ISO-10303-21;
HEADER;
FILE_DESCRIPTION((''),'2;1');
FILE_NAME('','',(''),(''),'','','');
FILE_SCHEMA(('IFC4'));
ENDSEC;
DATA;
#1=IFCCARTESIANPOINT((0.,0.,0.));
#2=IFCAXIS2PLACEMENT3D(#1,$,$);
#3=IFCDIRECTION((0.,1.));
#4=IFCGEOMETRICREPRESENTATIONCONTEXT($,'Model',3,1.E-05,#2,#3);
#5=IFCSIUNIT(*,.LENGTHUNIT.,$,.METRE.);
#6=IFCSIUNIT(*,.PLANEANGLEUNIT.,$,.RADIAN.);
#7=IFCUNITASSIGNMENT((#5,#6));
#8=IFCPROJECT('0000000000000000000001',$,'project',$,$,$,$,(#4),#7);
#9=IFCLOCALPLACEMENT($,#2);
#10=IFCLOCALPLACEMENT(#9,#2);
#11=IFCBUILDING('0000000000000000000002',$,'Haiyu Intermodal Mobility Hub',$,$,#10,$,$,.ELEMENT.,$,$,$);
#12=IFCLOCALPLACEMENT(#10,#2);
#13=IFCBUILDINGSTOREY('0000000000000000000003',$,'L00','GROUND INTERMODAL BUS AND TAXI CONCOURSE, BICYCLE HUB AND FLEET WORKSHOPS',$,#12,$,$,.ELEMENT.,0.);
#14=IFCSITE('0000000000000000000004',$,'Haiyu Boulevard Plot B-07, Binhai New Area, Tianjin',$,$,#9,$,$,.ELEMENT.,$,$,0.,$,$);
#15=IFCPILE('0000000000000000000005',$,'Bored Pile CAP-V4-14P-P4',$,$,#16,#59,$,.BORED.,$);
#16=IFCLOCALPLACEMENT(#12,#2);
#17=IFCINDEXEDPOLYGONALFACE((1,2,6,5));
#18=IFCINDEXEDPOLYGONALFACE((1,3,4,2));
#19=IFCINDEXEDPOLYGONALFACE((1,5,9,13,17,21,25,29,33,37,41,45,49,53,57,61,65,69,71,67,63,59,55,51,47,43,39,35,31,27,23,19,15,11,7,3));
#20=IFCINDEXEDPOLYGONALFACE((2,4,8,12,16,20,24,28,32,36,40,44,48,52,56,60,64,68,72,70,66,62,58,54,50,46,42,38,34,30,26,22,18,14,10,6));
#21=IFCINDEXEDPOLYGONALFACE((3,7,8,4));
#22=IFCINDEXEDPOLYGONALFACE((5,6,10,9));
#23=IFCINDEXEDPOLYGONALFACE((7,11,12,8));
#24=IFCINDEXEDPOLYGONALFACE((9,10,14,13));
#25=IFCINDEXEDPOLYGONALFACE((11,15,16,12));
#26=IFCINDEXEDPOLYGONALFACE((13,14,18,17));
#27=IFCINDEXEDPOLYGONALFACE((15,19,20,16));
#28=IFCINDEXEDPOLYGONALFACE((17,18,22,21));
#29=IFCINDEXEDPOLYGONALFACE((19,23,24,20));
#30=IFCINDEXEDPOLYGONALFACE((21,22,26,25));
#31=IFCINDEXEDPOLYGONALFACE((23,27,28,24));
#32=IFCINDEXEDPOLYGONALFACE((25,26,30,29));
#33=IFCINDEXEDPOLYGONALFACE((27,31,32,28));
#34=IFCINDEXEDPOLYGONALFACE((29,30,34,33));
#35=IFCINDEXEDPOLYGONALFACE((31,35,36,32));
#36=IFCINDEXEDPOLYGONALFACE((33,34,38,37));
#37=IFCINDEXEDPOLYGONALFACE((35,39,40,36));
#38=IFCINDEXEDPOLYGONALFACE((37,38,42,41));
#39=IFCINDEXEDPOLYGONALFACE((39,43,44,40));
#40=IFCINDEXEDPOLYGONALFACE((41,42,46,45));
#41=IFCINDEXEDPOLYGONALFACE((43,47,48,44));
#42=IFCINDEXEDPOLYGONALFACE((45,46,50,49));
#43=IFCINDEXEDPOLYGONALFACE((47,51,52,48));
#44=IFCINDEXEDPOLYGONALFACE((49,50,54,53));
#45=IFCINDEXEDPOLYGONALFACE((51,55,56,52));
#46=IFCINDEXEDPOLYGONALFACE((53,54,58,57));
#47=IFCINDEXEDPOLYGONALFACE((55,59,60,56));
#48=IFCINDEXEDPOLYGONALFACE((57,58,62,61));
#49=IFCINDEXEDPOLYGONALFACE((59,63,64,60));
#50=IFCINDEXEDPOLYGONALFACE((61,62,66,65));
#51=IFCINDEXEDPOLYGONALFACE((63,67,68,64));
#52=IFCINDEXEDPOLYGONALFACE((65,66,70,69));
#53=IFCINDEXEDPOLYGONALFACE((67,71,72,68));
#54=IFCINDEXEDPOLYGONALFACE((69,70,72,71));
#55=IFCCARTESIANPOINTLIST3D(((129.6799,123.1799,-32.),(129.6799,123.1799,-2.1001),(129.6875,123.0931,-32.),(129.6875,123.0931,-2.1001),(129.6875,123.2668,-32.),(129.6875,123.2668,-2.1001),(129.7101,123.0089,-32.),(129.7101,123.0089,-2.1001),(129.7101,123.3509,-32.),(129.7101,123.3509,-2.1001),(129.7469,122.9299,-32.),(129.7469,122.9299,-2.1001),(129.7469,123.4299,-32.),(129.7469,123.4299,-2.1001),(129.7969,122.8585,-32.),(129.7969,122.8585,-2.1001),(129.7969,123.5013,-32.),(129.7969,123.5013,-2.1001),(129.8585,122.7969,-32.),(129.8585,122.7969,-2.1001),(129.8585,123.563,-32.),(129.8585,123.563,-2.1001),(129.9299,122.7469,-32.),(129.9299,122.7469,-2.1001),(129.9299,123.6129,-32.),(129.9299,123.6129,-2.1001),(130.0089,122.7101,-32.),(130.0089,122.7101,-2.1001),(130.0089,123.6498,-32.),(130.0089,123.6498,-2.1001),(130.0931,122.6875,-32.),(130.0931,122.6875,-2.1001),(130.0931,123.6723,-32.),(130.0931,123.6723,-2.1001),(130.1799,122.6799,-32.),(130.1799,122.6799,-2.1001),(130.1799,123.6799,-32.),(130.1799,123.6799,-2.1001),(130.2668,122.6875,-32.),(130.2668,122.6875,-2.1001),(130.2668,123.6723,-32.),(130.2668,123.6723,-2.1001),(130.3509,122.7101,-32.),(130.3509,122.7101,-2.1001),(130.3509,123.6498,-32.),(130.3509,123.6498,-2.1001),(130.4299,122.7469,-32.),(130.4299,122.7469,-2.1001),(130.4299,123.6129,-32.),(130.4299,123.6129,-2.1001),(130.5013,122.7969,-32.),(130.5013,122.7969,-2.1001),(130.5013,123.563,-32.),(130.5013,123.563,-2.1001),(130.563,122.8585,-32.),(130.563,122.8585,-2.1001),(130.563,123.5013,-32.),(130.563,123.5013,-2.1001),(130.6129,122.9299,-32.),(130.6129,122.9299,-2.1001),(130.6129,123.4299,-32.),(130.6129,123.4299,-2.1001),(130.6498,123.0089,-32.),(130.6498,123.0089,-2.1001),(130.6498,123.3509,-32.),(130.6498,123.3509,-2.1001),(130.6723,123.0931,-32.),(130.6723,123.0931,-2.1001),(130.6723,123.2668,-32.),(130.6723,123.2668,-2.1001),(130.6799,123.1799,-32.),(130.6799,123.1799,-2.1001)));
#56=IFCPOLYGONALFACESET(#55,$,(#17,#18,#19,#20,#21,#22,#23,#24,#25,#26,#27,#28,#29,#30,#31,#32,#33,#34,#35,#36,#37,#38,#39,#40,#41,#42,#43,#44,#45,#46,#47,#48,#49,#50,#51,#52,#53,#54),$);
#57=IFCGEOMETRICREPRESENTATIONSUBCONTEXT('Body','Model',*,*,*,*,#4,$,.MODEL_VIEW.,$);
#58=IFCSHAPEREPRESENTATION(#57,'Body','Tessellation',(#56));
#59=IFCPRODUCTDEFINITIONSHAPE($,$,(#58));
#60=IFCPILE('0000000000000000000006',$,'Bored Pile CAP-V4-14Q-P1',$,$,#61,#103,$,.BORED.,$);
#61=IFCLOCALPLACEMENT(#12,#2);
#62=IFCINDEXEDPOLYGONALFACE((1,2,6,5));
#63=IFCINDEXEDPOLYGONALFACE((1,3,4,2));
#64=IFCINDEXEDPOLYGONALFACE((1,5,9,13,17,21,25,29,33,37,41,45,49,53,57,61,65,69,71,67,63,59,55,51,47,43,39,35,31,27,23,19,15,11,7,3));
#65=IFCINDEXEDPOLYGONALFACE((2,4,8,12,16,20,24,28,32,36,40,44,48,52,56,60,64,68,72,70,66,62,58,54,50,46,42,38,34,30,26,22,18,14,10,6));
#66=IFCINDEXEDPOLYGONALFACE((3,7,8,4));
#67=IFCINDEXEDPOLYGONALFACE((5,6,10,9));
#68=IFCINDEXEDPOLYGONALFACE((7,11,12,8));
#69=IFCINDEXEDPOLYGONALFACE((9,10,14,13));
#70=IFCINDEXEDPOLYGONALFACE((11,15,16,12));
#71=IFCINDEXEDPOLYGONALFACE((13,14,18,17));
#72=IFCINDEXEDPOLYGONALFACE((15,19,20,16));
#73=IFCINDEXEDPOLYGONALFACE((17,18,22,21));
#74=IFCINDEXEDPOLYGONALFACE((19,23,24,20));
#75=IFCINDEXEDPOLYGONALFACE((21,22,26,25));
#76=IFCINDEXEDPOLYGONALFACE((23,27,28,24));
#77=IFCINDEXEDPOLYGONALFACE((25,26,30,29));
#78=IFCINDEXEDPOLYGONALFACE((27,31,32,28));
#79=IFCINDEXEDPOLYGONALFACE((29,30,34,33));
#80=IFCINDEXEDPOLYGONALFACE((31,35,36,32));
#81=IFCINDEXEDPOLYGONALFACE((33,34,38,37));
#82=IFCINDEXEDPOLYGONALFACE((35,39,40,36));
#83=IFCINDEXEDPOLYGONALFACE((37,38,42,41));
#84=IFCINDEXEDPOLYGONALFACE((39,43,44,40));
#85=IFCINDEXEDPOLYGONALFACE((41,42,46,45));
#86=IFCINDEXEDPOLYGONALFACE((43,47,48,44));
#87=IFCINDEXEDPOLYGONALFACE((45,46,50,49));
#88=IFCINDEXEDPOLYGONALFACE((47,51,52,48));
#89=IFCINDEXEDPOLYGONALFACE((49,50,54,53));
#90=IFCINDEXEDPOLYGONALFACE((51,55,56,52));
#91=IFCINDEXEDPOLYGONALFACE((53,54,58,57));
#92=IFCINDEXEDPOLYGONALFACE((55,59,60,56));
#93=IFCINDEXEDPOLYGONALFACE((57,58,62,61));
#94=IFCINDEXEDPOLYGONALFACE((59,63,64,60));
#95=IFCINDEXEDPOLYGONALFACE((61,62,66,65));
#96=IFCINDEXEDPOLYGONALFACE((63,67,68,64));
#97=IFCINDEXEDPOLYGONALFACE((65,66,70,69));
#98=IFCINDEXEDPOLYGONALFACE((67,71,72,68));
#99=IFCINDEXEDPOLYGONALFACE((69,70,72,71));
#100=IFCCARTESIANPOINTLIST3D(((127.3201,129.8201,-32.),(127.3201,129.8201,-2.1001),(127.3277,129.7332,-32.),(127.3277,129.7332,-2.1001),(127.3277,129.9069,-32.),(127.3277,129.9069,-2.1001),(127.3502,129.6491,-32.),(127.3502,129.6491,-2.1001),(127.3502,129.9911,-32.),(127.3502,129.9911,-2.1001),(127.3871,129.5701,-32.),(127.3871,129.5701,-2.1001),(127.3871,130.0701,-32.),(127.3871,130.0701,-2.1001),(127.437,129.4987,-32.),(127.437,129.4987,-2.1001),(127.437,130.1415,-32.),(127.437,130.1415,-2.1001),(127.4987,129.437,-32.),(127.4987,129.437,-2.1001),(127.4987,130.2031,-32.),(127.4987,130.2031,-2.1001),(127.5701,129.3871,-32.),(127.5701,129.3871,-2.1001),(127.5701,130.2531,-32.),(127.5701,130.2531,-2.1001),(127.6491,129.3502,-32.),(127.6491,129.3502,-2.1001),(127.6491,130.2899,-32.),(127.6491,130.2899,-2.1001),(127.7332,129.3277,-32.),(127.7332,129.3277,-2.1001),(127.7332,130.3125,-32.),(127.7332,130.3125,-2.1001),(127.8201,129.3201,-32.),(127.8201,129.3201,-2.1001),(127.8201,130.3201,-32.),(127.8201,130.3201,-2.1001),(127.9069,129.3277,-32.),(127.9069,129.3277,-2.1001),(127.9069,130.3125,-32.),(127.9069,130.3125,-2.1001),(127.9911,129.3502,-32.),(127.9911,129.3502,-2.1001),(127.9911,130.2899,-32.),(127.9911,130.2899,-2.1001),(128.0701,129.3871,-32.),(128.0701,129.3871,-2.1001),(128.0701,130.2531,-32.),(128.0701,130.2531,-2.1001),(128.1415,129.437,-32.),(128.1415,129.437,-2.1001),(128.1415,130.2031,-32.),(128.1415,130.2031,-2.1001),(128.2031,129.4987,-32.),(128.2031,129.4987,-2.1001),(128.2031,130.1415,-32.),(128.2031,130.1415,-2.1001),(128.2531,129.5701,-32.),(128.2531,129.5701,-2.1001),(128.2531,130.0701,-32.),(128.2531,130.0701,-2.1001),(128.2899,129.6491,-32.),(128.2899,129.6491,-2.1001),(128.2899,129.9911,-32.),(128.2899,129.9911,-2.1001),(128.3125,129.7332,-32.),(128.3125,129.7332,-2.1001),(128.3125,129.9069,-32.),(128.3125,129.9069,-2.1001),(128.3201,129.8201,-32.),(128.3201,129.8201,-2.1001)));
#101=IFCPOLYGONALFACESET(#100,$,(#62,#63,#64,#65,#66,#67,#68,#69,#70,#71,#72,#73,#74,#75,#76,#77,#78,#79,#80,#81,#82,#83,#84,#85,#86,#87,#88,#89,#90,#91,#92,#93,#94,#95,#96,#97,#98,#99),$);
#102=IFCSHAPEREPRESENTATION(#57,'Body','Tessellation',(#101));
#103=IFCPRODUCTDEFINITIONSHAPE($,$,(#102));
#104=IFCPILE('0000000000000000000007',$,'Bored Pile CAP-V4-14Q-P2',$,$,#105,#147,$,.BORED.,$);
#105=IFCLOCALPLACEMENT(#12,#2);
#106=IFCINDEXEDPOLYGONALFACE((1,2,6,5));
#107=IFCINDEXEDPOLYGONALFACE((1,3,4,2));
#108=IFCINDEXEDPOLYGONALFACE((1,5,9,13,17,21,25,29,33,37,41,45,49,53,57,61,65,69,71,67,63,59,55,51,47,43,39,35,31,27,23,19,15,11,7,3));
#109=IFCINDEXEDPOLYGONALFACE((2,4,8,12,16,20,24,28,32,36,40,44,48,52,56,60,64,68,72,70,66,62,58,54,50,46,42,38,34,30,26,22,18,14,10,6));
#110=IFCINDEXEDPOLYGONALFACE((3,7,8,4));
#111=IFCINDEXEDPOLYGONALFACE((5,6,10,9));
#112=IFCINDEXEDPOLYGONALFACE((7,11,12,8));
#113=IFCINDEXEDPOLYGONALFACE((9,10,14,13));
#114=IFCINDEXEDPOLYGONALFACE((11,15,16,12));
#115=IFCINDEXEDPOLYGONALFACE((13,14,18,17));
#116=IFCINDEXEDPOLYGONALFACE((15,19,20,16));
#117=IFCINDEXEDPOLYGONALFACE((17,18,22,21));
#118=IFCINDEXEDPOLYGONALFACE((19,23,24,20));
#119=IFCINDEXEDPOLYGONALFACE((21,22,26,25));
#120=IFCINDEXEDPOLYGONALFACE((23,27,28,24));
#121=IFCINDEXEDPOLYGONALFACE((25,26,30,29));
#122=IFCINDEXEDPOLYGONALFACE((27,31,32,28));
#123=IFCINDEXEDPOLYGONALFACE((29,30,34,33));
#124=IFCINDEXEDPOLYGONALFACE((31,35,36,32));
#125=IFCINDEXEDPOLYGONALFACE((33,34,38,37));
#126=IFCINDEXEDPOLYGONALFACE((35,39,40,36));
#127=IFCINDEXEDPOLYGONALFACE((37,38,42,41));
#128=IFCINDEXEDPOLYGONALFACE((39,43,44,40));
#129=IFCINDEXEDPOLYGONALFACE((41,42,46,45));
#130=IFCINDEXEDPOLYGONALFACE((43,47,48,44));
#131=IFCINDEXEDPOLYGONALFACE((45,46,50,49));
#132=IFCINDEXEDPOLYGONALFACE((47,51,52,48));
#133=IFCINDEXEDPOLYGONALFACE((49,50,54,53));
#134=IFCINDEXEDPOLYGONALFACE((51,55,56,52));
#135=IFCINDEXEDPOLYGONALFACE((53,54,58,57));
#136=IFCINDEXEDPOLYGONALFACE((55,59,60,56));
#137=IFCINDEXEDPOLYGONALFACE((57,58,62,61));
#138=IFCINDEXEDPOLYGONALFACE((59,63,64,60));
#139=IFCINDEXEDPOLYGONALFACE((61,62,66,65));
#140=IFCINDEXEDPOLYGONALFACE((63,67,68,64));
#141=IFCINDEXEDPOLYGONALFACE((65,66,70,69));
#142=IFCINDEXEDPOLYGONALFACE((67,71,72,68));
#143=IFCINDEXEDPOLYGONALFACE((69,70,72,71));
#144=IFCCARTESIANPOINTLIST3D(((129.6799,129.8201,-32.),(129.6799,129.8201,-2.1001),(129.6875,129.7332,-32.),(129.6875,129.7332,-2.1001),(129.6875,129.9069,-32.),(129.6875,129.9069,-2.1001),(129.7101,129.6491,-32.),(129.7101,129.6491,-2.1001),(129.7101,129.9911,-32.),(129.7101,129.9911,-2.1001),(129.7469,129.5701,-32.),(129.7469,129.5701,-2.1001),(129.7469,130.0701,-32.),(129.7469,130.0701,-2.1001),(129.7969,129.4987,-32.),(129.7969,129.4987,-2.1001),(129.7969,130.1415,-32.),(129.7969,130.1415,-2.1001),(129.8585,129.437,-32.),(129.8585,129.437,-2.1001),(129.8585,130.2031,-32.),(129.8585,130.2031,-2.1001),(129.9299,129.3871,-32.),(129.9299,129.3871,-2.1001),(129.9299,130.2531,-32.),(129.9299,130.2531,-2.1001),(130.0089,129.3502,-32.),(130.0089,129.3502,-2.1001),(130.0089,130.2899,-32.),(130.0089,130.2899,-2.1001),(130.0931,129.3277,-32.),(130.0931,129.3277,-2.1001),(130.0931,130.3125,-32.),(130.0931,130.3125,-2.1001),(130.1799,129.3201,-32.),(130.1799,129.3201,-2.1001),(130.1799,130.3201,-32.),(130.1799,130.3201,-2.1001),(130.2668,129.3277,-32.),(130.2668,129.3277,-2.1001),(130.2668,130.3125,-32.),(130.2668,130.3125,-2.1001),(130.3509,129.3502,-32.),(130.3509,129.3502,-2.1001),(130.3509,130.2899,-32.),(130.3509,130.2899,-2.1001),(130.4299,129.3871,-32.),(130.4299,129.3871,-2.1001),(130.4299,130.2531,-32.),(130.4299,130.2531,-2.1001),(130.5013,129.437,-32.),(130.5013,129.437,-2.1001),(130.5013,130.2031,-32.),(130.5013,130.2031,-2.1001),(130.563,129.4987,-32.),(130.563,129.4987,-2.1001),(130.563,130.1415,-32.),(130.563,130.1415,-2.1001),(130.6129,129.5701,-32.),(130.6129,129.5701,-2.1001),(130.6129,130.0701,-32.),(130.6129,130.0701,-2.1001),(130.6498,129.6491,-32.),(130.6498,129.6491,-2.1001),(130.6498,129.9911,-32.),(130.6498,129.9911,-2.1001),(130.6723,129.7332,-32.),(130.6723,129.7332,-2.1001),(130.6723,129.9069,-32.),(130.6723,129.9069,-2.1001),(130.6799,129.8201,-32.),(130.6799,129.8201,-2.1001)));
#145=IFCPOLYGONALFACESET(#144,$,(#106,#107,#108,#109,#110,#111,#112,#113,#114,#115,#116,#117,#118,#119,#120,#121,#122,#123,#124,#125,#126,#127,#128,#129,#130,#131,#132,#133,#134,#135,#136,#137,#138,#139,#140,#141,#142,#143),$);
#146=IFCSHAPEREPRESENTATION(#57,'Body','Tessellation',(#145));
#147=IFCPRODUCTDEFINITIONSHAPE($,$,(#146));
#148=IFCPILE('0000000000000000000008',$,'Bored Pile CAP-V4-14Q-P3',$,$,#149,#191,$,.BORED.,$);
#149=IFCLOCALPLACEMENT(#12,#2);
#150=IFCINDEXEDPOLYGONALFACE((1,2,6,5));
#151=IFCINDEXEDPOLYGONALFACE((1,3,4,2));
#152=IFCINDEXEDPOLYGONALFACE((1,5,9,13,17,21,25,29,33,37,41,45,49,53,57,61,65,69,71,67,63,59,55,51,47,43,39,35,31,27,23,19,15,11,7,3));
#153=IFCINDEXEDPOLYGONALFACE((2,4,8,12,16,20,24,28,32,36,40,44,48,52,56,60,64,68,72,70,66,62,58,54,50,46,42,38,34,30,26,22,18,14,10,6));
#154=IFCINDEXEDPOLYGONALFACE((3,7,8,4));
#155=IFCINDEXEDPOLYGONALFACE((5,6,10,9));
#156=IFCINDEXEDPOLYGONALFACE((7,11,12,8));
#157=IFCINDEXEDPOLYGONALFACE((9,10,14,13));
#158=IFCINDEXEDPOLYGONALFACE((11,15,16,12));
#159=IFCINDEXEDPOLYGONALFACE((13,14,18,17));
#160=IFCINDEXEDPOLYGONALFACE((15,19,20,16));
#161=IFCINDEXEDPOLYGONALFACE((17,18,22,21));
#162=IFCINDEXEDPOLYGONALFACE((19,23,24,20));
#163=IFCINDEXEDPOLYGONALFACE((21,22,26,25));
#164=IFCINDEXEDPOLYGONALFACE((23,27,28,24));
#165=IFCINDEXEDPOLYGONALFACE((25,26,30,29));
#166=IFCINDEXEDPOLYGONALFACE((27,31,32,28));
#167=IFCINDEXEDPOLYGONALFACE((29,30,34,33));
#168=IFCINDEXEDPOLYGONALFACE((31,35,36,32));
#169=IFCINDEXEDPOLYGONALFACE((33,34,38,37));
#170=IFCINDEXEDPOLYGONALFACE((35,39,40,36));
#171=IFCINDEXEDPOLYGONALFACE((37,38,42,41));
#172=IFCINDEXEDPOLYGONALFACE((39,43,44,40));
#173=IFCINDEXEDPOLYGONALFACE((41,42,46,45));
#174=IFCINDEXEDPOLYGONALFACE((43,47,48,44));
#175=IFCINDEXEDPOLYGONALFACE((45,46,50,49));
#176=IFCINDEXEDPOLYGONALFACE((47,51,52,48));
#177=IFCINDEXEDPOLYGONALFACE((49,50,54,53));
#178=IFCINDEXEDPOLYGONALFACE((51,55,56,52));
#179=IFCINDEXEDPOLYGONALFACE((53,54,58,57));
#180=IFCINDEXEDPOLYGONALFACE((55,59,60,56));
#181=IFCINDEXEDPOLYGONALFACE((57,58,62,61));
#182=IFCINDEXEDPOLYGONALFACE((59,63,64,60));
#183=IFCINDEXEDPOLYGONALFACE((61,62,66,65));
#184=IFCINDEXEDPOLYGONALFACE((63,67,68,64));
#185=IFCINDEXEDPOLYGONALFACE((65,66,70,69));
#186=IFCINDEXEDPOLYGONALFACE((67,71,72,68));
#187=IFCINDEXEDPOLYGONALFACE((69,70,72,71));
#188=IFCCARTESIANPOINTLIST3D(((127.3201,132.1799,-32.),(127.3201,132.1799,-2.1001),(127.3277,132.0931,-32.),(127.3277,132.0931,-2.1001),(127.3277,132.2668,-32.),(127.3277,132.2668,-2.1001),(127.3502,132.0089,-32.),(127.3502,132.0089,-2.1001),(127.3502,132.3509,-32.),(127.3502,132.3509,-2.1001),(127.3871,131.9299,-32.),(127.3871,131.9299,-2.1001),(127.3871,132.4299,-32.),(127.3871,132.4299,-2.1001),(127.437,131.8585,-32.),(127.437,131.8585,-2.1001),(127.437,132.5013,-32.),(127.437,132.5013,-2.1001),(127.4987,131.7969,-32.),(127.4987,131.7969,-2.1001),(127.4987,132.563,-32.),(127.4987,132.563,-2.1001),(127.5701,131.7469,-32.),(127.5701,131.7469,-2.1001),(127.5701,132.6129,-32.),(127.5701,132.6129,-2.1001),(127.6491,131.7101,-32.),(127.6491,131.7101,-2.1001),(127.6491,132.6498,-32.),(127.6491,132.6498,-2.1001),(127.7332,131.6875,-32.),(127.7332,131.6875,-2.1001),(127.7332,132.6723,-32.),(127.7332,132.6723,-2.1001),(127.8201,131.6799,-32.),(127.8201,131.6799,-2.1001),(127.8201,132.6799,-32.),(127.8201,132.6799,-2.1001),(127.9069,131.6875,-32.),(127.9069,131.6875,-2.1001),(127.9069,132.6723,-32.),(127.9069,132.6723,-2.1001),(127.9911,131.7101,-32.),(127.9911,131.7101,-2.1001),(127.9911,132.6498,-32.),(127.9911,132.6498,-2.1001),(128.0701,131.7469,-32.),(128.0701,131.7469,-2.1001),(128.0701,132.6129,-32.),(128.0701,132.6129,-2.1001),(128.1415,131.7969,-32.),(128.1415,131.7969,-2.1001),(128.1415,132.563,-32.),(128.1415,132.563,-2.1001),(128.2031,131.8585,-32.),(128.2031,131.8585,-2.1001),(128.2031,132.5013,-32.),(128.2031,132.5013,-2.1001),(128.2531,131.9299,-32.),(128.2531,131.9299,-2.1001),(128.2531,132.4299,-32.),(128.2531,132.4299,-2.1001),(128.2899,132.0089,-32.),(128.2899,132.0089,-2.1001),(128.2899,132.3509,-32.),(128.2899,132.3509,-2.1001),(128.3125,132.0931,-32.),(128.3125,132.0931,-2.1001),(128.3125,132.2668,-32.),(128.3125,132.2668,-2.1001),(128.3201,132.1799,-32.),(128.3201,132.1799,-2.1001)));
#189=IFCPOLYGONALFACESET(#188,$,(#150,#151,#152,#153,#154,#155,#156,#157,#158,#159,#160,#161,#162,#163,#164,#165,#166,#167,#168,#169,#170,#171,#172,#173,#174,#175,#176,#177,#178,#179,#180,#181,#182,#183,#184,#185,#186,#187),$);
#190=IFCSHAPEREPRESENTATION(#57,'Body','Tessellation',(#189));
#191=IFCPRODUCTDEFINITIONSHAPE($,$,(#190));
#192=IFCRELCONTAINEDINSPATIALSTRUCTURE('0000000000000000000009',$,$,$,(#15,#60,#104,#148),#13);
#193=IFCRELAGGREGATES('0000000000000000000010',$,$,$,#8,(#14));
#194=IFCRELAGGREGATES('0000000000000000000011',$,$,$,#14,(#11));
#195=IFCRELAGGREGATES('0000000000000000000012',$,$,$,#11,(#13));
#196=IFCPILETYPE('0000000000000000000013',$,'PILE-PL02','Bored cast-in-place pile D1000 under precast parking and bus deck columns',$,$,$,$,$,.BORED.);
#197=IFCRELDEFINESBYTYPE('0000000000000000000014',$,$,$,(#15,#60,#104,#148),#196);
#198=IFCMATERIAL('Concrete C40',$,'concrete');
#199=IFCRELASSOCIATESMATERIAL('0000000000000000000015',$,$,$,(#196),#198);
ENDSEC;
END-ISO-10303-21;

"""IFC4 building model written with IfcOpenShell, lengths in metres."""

from ifc_helpers import new_model, si_unit, direction, frame, origin, origin_2d, place, context, subcontext, project, spatial, circle, extrude, material, material_profile, profile_set, type_object, element, save


model = new_model("IFC4")

# Units and contexts
model_context = context("Model", 3, precision=1e-05, world=origin(), true_north=direction((0.0, 1.0)))
body_context = subcontext(model_context, "Body", "Model", "MODEL_VIEW")
ifc_project = project(units=[si_unit("LENGTHUNIT", "METRE"), si_unit("PLANEANGLEUNIT", "RADIAN")], contexts=[model_context])

# Site, building, storey
site_placement = place(None, origin())
site = spatial("IfcSite", under=ifc_project, at=site_placement, Name="Haiyu Boulevard Plot B-07, Binhai New Area, Tianjin", CompositionType="ELEMENT", RefElevation=0.0)
building_placement = place(site_placement, origin())
building = spatial("IfcBuilding", under=site, at=building_placement, Name="Haiyu Intermodal Mobility Hub", CompositionType="ELEMENT")
storey_placement = place(building_placement, origin())
storey = spatial("IfcBuildingStorey", under=building, at=storey_placement, Name="L00", Description="GROUND INTERMODAL BUS AND TAXI CONCOURSE, BICYCLE HUB AND FLEET WORKSHOPS", CompositionType="ELEMENT", Elevation=0.0)

# Shared definitions
ifc_material_1 = material(Name="Concrete C40", Category="concrete")

# Piles
ifc_material_profile_1 = material_profile(ifc_material_1, circle(Radius=0.5, at=origin_2d()), Name="PILE-D1000")
ifc_profile_set_1 = profile_set([ifc_material_profile_1], Name="Concrete C40")
pile_type = type_object("IfcPileType", Name="PILE-PL02", Description="Bored cast-in-place pile D1000 under precast parking and bus deck columns", PredefinedType="BORED", material=ifc_profile_set_1)
for number, where, z_axis, x_axis, name in (
    (1, (130.1799, 123.1799, -2.1001), (0.0, 0.0, -1.0), (1.0, 0.0, 0.0), "Bored Pile CAP-V4-14P-P4"),
    (2, (127.8201, 129.8201, -2.1001), (0.0, 0.0, -1.0), (1.0, 0.0, 0.0), "Bored Pile CAP-V4-14Q-P1"),
    (3, (130.1799, 129.8201, -2.1001), (0.0, 0.0, -1.0), (1.0, 0.0, 0.0), "Bored Pile CAP-V4-14Q-P2"),
    (4, (127.8201, 132.1799, -2.1001), (0.0, 0.0, -1.0), (1.0, 0.0, 0.0), "Bored Pile CAP-V4-14Q-P3"),
):
    element("IfcPile", number, at=place(storey_placement, frame(where, z_axis=z_axis, x_axis=x_axis)), inside=storey, type_object=pile_type, Name=name, PredefinedType="BORED", context=body_context, shape_type="SweptSolid", body=[
        extrude(circle(Radius=0.5, at=origin_2d()), origin(), (0.0, 0.0, 1.0), 29.8999),
    ])

save(model, "model.ifc")
